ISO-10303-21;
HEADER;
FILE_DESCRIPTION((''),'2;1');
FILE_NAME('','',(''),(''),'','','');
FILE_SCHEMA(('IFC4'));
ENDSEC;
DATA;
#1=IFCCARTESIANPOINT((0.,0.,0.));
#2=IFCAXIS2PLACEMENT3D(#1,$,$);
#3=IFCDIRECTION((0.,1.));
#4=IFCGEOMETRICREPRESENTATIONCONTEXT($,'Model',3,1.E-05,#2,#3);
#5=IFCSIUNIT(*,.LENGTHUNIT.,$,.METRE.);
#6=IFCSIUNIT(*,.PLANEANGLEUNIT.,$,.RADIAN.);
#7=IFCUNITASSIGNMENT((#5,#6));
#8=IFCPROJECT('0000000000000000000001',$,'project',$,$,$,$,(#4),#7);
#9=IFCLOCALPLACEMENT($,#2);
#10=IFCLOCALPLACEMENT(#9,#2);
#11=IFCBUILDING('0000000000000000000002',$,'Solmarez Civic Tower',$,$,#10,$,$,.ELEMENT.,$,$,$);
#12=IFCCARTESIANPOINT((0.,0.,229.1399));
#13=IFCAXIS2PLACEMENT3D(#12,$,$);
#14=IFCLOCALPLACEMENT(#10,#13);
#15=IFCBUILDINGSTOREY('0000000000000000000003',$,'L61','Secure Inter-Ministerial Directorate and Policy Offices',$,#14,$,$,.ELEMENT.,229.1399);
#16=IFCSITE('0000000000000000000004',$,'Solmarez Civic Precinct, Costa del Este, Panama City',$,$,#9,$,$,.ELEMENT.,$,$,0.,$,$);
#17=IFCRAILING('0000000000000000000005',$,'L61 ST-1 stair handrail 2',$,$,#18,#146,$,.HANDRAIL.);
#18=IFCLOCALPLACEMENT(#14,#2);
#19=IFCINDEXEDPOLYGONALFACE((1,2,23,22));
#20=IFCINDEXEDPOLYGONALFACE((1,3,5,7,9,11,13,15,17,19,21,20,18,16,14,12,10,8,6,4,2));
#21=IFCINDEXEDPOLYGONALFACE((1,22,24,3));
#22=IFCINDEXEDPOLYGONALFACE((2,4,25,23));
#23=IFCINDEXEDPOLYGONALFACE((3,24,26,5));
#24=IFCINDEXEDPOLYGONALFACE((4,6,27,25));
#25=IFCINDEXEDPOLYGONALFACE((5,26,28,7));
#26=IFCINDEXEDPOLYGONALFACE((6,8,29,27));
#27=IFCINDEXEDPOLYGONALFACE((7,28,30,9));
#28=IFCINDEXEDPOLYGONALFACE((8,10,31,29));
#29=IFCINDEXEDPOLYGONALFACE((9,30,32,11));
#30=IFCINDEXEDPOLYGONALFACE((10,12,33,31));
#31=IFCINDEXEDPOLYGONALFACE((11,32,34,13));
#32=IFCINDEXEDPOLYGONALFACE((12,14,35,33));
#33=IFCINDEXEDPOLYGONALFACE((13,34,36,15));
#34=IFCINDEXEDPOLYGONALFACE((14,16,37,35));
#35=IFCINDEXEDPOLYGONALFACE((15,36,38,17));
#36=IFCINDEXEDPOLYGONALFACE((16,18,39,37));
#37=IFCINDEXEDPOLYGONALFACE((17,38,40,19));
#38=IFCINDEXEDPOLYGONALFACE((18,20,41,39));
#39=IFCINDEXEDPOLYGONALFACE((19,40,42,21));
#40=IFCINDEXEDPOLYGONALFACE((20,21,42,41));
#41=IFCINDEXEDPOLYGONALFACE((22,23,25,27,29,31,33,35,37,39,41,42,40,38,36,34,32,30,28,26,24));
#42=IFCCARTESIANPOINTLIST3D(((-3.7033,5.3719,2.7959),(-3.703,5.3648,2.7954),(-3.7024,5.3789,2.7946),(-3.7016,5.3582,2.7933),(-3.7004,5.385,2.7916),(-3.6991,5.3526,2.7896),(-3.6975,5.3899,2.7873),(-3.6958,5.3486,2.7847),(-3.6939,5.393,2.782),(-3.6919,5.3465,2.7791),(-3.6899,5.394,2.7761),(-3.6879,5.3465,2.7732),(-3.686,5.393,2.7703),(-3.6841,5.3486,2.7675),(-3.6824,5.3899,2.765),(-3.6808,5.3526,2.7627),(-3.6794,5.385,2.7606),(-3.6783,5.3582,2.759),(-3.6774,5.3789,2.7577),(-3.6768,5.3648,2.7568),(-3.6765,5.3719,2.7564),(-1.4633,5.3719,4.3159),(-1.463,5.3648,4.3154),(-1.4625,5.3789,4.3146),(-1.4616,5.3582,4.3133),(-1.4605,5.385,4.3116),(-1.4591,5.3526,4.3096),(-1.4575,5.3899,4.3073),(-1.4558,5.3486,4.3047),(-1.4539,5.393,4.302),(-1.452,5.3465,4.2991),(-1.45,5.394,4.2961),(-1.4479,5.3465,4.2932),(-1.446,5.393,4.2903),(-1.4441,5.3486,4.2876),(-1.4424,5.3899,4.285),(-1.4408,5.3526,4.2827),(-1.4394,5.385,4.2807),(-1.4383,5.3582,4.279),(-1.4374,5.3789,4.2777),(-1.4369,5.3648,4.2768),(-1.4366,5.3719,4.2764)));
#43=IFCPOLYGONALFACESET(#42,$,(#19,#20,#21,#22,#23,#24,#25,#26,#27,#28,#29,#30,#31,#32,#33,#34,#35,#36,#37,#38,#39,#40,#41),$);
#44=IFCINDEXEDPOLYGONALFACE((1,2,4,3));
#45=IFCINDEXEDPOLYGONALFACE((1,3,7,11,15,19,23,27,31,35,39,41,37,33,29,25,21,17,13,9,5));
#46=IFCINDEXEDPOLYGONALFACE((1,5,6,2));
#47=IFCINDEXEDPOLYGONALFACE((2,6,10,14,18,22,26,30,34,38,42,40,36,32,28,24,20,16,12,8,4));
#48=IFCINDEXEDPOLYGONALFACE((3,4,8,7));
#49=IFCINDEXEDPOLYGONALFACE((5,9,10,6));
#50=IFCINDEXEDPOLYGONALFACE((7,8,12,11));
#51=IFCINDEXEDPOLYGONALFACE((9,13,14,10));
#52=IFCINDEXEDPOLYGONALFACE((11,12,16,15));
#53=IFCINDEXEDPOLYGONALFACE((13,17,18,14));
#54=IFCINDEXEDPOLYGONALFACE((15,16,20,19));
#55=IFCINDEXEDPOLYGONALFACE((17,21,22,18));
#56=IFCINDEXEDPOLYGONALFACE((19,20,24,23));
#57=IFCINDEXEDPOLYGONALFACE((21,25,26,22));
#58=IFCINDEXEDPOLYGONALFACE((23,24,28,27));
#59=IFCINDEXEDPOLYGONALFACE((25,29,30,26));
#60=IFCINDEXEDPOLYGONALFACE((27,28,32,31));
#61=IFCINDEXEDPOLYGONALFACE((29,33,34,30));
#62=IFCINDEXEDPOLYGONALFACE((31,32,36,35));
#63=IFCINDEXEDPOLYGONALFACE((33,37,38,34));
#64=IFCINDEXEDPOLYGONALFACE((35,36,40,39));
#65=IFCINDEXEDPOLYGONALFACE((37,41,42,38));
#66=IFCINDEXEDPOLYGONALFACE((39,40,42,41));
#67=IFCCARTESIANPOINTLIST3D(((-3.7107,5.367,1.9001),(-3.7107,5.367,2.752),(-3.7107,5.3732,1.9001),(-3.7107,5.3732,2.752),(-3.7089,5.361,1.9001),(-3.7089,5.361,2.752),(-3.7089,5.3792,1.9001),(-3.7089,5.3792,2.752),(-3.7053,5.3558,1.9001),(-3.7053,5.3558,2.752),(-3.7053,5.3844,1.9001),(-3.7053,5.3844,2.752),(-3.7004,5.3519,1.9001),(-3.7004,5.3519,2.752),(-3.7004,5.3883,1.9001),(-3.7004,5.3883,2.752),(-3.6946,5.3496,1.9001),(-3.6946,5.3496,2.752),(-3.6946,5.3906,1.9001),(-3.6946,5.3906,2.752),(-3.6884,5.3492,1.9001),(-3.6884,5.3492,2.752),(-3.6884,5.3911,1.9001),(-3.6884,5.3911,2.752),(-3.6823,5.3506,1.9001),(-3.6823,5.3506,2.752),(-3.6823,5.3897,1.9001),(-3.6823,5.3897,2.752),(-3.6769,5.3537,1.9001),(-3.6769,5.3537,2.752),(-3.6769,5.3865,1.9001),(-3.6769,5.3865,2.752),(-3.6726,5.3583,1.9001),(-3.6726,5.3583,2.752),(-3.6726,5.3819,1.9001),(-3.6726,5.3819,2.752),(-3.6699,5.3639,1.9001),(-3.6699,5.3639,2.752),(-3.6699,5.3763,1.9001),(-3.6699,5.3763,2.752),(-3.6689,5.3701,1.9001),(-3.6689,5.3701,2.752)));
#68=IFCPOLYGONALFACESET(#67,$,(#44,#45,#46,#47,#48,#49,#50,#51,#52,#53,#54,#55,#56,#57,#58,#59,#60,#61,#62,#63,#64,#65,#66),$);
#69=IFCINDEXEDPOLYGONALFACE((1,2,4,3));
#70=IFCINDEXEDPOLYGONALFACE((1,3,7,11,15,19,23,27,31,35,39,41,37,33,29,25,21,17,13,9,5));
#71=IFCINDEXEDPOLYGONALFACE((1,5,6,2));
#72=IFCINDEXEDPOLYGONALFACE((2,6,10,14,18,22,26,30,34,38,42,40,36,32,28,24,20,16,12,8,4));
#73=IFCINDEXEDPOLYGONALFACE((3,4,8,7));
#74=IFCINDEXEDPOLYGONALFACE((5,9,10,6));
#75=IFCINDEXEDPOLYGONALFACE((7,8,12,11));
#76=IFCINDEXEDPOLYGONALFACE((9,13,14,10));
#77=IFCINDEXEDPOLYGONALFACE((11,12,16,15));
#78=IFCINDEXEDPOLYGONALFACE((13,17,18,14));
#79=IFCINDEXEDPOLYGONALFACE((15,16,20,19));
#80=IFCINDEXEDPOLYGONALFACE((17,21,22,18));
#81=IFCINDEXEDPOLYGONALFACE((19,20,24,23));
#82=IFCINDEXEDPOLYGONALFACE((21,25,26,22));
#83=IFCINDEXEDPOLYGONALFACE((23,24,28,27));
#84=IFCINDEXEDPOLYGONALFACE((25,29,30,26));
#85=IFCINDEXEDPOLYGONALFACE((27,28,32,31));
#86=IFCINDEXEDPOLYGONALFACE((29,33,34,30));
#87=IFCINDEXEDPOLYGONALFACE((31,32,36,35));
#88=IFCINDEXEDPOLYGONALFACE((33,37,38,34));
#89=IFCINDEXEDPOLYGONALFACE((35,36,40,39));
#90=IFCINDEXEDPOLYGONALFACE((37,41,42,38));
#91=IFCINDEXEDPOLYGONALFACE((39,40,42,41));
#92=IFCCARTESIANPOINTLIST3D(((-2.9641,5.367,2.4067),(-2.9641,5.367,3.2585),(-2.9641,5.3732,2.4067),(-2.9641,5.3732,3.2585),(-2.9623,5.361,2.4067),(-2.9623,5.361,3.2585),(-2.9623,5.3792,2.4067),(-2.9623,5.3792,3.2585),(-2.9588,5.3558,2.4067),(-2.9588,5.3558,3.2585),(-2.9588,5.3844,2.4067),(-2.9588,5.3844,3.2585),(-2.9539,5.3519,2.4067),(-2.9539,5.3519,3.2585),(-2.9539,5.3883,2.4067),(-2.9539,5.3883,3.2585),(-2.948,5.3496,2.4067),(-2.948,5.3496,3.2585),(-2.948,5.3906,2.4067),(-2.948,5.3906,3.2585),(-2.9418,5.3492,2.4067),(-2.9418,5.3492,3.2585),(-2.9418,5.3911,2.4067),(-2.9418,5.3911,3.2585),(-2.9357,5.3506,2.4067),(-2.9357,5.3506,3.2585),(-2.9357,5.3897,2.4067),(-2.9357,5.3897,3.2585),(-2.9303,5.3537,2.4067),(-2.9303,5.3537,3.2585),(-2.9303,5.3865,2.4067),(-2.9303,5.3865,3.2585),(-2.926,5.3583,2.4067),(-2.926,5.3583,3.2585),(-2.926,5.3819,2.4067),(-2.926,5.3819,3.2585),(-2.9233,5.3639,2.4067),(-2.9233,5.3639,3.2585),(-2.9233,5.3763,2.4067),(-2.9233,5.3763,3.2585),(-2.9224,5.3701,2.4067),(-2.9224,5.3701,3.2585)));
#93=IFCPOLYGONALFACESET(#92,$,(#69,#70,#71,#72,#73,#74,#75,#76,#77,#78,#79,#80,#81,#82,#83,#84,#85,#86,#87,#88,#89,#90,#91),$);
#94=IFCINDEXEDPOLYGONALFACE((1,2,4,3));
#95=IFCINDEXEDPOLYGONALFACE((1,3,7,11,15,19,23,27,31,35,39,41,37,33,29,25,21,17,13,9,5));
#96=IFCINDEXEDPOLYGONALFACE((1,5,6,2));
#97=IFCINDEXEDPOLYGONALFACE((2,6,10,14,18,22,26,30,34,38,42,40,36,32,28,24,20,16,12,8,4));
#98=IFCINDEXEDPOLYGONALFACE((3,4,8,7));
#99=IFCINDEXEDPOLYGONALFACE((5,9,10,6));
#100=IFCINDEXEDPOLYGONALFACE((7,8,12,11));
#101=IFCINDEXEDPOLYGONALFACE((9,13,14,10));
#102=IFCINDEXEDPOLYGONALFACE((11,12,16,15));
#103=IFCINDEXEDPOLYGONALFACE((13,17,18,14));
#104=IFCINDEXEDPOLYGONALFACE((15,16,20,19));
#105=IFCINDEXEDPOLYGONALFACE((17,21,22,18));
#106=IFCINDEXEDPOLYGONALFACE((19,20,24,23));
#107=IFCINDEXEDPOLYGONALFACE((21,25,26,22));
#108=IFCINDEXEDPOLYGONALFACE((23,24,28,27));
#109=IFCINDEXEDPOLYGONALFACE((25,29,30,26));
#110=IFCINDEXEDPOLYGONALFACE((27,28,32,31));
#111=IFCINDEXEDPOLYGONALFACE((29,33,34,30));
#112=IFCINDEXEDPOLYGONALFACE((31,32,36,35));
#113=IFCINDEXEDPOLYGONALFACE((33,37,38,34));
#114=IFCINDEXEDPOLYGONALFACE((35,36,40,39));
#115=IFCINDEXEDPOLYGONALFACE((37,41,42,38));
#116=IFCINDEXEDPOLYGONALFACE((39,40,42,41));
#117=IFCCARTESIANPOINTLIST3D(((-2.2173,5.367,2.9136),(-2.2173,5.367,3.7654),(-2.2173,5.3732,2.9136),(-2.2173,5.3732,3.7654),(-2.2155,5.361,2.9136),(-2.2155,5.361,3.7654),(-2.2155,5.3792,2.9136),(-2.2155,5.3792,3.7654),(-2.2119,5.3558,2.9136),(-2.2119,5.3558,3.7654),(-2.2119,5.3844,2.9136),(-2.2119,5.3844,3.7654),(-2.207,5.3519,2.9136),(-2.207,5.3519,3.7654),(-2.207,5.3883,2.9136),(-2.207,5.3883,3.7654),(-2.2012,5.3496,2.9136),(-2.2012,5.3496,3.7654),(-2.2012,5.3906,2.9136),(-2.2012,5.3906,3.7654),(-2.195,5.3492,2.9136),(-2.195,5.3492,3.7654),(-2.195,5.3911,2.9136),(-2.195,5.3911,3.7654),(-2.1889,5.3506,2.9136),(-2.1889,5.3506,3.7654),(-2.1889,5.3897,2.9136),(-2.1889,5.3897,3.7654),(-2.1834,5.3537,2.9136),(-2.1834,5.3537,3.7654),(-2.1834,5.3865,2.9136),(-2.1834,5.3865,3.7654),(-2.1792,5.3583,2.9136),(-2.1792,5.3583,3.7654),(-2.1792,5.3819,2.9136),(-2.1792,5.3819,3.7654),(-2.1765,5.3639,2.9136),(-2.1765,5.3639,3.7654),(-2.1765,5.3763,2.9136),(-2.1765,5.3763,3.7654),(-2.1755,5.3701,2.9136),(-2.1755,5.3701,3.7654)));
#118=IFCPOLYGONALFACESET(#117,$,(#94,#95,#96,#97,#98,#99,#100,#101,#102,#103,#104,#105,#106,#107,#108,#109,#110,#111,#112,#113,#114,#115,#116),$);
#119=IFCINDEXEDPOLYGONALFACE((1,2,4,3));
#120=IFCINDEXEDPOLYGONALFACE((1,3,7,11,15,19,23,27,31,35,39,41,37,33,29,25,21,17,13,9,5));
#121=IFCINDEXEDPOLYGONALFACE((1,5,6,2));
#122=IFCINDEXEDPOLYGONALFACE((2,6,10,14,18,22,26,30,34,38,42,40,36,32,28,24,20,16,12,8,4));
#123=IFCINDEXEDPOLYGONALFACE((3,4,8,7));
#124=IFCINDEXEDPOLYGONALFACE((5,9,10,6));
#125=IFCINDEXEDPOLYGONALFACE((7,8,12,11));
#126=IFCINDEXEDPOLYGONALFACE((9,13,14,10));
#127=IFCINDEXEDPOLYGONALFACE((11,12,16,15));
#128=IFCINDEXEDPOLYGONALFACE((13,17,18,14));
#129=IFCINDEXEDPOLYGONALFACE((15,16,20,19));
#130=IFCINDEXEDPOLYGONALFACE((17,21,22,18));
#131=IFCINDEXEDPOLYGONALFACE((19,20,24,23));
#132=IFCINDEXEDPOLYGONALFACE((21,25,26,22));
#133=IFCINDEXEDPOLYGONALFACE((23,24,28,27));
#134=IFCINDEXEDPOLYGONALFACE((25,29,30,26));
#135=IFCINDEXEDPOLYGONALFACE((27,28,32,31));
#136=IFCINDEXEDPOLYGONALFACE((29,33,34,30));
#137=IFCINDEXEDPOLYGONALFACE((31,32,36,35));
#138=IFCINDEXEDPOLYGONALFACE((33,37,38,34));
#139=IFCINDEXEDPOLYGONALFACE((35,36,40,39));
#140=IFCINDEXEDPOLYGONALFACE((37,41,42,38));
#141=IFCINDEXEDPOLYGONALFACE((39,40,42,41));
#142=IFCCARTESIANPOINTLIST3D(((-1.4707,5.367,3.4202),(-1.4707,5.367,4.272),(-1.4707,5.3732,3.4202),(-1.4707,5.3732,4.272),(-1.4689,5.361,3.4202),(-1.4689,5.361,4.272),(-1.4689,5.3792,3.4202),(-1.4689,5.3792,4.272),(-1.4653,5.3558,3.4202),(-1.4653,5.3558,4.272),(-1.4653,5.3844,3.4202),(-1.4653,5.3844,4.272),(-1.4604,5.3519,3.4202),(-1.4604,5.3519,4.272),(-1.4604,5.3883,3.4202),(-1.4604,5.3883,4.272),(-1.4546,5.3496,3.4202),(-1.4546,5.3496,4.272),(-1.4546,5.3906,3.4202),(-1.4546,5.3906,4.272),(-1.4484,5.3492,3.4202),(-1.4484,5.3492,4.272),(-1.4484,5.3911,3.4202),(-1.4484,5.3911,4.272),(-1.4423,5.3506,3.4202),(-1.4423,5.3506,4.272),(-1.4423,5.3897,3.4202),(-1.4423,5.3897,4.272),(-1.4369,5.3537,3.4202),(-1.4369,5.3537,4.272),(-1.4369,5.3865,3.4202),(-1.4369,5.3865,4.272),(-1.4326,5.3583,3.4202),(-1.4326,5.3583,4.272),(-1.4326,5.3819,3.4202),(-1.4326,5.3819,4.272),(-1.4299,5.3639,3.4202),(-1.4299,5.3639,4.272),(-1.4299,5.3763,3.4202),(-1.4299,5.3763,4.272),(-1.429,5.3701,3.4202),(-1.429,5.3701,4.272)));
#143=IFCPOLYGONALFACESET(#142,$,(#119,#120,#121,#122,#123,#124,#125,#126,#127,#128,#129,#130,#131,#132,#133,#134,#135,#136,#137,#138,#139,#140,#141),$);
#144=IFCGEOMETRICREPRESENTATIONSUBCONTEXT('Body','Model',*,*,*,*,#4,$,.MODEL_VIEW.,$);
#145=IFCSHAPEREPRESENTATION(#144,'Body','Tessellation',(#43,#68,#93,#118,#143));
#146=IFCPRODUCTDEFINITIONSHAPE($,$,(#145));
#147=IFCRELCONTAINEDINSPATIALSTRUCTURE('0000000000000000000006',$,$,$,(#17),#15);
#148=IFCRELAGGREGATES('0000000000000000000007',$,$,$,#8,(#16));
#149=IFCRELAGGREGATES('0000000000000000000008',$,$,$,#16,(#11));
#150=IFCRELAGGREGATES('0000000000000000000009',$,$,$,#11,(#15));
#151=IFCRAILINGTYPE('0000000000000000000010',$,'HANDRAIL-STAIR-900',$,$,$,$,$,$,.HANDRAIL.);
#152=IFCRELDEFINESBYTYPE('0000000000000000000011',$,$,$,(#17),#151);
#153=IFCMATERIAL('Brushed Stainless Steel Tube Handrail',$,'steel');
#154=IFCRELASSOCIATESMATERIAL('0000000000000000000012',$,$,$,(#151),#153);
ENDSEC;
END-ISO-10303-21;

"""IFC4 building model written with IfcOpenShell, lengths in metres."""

from ifc_helpers import new_model, si_unit, direction, frame, origin, origin_2d, place, context, subcontext, project, spatial, circle, extrude, material, type_object, element, save


model = new_model("IFC4")

# Units and contexts
model_context = context("Model", 3, precision=1e-05, world=origin(), true_north=direction((0.0, 1.0)))
body_context = subcontext(model_context, "Body", "Model", "MODEL_VIEW")
ifc_project = project(units=[si_unit("LENGTHUNIT", "METRE"), si_unit("PLANEANGLEUNIT", "RADIAN")], contexts=[model_context])

# Site, building, storey
site_placement = place(None, origin())
site = spatial("IfcSite", under=ifc_project, at=site_placement, Name="Solmarez Civic Precinct, Costa del Este, Panama City", CompositionType="ELEMENT", RefElevation=0.0)
building_placement = place(site_placement, origin())
building = spatial("IfcBuilding", under=site, at=building_placement, Name="Solmarez Civic Tower", CompositionType="ELEMENT")
storey_placement = place(building_placement, frame((0.0, 0.0, 229.1399)))
storey = spatial("IfcBuildingStorey", under=building, at=storey_placement, Name="L61", Description="Secure Inter-Ministerial Directorate and Policy Offices", CompositionType="ELEMENT", Elevation=229.1399)

# Railing
ifc_material_1 = material(Name="Brushed Stainless Steel Tube Handrail", Category="steel")
railing_type_1 = type_object("IfcRailingType", Name="HANDRAIL-STAIR-900", PredefinedType="HANDRAIL", material=ifc_material_1)
railing_1_placement = place(storey_placement, frame((-3.6899, 5.3701, 1.9001)))
element("IfcRailing", 1, at=railing_1_placement, inside=storey, type_object=railing_type_1, Name="L61 ST-1 stair handrail 2", PredefinedType="HANDRAIL", context=body_context, shape_type="SweptSolid", body=[
    extrude(circle(Radius=0.0239, at=origin_2d()), frame((0.0, 0.0, 0.876), z_axis=(0.827471, 0.0, 0.561508), x_axis=(0.0, 1.0, 0.0)), (0.0, 0.0, 1.0), 2.707),
    extrude(circle(Radius=0.021, at=origin_2d()), origin(), (0.0, 0.0, 1.0), 0.8518),
    extrude(circle(Radius=0.021, at=origin_2d()), frame((0.7466, 0.0, 0.5066)), (0.0, 0.0, 1.0), 0.8518),
    extrude(circle(Radius=0.021, at=origin_2d()), frame((1.4934, 0.0, 1.0134)), (0.0, 0.0, 1.0), 0.8518),
    extrude(circle(Radius=0.021, at=origin_2d()), frame((2.24, 0.0, 1.52)), (0.0, 0.0, 1.0), 0.8518),
])

save(model, "model.ifc")
